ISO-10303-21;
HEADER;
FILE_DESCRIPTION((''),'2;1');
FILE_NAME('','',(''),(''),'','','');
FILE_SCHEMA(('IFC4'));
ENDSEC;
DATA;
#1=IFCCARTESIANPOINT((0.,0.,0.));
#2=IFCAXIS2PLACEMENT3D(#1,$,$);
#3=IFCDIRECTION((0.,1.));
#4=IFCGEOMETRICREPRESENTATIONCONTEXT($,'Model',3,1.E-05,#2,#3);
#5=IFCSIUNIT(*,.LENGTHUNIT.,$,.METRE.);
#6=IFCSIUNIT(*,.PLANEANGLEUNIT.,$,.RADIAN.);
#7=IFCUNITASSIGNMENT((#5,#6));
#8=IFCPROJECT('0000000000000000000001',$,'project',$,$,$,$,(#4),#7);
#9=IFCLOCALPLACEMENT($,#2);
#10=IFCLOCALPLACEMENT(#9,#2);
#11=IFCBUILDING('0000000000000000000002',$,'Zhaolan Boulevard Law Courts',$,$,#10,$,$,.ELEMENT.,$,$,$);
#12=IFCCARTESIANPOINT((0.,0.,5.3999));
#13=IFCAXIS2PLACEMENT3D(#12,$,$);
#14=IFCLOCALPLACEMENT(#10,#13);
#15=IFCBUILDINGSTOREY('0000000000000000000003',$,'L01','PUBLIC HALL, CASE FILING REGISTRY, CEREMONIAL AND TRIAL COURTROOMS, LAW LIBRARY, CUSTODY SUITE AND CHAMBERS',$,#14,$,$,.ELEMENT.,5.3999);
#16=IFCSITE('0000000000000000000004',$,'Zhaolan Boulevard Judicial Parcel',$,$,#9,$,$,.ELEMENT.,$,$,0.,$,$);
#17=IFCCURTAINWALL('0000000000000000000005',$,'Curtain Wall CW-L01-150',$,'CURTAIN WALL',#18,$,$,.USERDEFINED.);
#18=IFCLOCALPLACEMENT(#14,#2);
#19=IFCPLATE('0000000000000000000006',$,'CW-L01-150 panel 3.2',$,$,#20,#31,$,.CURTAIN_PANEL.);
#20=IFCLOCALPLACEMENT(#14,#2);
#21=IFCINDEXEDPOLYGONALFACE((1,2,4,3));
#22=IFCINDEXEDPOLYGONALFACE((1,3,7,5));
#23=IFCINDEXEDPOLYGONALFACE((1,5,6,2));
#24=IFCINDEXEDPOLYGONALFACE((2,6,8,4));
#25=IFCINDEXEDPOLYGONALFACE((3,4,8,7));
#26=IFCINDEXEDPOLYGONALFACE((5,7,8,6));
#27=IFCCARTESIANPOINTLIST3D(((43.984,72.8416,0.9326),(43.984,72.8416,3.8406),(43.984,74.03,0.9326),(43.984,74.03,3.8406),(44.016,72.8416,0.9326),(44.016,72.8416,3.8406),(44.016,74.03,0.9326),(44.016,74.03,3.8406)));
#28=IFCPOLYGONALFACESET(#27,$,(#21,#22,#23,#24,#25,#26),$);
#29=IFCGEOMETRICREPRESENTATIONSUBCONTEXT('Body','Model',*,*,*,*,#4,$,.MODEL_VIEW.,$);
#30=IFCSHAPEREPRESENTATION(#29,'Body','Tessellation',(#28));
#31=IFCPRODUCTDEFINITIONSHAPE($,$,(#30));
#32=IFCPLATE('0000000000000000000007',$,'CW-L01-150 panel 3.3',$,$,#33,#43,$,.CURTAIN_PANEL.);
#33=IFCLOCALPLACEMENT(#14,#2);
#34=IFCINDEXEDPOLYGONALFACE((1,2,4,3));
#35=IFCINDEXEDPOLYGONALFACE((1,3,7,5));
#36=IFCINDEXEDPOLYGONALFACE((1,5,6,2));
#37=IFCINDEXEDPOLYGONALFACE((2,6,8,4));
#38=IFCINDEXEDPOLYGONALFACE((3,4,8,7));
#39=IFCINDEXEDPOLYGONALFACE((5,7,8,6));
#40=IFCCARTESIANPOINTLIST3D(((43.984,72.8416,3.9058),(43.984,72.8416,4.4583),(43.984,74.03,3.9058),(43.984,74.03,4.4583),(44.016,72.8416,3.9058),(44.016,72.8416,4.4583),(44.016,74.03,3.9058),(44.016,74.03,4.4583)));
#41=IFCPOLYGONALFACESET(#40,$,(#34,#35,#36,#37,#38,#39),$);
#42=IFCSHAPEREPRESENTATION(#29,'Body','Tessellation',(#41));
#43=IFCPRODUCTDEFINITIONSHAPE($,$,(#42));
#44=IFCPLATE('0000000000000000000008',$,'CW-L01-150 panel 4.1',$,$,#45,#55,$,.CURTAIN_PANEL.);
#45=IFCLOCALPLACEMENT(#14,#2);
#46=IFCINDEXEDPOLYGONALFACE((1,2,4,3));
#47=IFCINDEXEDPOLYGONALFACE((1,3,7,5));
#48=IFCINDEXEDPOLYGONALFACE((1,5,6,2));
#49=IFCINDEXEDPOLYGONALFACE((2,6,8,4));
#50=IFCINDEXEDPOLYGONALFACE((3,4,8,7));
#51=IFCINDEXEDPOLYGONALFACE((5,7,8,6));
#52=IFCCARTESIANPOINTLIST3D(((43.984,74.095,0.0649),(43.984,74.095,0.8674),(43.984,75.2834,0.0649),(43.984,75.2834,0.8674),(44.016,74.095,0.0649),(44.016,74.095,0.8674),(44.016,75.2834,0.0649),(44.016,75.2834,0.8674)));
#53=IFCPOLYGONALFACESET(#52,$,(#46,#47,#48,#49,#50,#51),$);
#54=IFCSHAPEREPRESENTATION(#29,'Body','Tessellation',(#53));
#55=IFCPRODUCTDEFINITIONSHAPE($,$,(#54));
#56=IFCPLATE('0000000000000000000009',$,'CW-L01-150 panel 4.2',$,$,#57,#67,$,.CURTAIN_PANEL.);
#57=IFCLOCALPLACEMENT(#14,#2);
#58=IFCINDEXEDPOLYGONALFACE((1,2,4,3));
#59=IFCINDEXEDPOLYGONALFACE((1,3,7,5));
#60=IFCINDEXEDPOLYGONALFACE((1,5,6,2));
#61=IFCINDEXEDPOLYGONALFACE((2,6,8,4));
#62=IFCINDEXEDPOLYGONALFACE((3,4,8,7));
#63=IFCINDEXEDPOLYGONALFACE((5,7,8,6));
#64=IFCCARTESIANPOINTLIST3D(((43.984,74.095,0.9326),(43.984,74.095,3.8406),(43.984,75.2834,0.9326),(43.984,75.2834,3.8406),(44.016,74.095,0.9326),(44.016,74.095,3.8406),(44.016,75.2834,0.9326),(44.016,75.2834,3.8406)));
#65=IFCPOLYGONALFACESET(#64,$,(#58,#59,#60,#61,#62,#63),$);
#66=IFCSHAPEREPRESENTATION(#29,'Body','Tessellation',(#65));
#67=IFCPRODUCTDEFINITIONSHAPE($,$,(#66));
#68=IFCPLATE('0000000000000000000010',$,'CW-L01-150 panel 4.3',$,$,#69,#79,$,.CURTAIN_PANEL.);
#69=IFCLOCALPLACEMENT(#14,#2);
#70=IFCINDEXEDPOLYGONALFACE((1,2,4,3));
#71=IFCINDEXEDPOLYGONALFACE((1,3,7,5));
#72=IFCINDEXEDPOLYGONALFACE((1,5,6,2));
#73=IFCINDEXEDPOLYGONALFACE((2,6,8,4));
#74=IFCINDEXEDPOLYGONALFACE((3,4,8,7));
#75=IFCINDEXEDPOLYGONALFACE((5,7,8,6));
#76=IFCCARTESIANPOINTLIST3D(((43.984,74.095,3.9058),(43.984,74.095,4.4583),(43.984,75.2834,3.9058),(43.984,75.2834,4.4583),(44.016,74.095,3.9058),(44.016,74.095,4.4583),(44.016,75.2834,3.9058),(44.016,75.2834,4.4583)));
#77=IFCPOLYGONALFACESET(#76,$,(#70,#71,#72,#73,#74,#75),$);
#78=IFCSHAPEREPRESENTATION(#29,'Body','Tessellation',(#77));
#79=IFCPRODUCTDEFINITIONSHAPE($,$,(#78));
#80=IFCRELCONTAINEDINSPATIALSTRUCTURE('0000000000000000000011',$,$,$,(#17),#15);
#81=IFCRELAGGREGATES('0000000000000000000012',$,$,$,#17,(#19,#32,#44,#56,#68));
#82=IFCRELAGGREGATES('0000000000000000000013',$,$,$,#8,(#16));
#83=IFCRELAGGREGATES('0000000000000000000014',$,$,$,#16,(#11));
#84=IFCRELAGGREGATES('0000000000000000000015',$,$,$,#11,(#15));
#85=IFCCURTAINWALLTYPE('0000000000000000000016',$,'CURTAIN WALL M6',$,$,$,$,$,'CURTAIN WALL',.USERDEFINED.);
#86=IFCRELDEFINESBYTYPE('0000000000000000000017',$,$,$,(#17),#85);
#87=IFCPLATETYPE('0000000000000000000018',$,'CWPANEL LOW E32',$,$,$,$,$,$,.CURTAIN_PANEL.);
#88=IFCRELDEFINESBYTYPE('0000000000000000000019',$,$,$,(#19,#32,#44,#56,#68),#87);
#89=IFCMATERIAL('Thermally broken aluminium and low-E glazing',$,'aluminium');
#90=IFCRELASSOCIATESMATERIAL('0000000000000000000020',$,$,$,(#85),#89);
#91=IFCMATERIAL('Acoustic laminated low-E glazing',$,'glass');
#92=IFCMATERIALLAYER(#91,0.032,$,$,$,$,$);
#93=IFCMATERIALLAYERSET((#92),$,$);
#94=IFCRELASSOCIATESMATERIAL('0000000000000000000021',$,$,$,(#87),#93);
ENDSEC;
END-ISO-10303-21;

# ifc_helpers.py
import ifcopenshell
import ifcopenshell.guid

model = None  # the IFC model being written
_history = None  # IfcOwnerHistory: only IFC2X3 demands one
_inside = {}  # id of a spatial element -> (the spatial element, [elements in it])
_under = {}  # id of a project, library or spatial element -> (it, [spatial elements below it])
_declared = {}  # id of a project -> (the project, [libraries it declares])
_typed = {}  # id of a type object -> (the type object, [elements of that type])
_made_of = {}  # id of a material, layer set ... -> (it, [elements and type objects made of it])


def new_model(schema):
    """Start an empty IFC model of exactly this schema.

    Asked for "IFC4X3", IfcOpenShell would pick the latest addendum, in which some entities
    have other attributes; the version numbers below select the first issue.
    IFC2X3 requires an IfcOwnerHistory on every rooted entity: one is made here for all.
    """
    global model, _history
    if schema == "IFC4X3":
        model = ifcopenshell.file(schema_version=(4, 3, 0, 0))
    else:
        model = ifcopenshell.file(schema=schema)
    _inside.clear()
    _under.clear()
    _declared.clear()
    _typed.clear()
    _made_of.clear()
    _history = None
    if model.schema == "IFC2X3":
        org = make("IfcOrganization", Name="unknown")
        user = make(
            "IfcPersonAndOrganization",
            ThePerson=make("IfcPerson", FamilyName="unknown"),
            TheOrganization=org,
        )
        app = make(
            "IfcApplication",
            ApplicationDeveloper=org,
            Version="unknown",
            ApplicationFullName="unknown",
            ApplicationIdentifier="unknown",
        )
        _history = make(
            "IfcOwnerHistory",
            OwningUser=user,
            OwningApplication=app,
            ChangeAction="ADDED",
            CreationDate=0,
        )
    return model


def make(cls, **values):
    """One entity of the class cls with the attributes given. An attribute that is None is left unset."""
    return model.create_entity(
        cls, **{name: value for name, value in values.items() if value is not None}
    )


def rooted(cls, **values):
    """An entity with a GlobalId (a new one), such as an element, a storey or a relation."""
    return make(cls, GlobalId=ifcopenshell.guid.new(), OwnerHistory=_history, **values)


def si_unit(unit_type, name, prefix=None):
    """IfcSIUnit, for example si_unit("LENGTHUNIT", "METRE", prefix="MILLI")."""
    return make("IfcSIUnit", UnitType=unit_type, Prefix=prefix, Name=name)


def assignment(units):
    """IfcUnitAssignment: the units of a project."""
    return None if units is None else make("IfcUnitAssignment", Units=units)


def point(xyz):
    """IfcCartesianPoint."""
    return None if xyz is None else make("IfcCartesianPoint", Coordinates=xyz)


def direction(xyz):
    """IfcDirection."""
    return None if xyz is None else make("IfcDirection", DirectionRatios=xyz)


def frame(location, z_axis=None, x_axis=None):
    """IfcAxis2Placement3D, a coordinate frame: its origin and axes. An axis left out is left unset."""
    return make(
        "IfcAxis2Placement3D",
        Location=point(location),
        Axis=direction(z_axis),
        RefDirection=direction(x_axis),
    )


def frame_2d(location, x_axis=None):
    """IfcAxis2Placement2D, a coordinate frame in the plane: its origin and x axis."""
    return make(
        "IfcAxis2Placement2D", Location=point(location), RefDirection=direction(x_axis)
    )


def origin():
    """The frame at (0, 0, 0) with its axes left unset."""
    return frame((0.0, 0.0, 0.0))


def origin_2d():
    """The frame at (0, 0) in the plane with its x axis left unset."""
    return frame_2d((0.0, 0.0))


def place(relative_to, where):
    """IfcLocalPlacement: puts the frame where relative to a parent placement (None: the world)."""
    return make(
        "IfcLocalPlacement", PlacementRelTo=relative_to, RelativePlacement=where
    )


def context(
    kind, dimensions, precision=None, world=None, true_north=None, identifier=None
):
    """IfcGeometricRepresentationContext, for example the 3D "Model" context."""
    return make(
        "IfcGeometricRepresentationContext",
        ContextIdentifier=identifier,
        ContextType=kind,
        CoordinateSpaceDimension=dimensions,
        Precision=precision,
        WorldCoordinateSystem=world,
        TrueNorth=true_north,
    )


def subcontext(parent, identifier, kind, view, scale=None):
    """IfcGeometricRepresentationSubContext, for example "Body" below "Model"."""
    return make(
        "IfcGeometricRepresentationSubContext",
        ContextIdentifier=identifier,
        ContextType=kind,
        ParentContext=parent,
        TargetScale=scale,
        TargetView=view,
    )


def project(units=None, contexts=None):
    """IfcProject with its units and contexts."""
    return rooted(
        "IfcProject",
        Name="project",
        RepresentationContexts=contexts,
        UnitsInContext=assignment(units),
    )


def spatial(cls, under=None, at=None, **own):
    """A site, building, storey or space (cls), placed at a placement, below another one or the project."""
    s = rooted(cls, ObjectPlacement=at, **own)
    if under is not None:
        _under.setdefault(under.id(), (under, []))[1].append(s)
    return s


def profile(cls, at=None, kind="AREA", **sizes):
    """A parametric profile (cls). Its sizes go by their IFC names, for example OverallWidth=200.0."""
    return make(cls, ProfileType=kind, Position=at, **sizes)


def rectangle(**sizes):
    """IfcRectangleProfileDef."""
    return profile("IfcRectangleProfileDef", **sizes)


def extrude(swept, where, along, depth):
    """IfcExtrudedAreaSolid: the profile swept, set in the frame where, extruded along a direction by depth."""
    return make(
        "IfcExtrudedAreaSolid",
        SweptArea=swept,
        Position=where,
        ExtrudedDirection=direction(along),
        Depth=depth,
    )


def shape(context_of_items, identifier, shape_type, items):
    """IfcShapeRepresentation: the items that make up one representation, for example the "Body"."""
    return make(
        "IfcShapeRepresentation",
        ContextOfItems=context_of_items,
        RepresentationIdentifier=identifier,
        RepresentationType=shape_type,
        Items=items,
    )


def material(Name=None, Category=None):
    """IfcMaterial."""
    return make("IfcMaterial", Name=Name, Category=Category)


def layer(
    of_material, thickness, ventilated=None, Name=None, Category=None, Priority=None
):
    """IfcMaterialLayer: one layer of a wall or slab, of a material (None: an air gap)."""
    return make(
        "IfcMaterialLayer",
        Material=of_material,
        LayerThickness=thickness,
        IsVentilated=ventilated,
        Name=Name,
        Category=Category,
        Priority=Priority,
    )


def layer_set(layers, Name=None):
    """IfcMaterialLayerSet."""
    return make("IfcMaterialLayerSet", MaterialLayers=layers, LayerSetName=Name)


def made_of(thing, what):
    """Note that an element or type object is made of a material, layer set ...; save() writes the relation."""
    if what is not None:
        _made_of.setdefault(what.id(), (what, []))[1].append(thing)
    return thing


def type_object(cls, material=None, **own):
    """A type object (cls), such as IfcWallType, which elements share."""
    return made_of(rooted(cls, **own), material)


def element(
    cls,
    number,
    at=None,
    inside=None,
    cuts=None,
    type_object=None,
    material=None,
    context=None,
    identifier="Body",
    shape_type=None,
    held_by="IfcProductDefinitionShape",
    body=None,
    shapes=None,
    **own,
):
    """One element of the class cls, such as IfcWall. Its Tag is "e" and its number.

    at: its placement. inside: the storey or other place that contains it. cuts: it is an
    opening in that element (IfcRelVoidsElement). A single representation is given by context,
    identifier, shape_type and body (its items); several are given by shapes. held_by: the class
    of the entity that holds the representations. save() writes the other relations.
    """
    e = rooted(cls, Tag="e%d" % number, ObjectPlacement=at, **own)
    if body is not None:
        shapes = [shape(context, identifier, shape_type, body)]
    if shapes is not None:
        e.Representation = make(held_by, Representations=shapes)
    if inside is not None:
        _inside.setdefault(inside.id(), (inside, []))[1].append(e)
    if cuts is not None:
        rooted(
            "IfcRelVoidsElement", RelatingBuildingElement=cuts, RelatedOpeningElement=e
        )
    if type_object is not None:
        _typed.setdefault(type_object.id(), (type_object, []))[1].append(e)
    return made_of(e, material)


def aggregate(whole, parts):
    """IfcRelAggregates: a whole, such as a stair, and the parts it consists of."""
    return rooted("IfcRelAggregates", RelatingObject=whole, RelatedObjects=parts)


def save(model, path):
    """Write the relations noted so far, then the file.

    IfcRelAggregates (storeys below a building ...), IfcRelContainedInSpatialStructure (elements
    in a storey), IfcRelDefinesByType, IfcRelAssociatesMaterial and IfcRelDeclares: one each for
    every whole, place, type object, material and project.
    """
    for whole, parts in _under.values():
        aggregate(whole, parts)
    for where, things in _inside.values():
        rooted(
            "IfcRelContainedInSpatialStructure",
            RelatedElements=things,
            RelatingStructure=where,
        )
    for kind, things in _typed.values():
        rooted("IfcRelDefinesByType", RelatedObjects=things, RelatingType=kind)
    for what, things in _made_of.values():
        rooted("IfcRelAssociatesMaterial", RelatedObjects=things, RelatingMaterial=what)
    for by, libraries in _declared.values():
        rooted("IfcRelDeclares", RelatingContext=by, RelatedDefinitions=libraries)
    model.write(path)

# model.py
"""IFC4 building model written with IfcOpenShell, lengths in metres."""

from ifc_helpers import new_model, si_unit, direction, frame, origin, origin_2d, place, context, subcontext, project, spatial, rectangle, extrude, material, layer, layer_set, type_object, element, aggregate, save


model = new_model("IFC4")

# Units and contexts
model_context = context("Model", 3, precision=1e-05, world=origin(), true_north=direction((0.0, 1.0)))
body_context = subcontext(model_context, "Body", "Model", "MODEL_VIEW")
ifc_project = project(units=[si_unit("LENGTHUNIT", "METRE"), si_unit("PLANEANGLEUNIT", "RADIAN")], contexts=[model_context])

# Site, building, storey
site_placement = place(None, origin())
site = spatial("IfcSite", under=ifc_project, at=site_placement, Name="Zhaolan Boulevard Judicial Parcel", CompositionType="ELEMENT", RefElevation=0.0)
building_placement = place(site_placement, origin())
building = spatial("IfcBuilding", under=site, at=building_placement, Name="Zhaolan Boulevard Law Courts", CompositionType="ELEMENT")
storey_placement = place(building_placement, frame((0.0, 0.0, 5.3999)))
storey = spatial("IfcBuildingStorey", under=building, at=storey_placement, Name="L01", Description="PUBLIC HALL, CASE FILING REGISTRY, CEREMONIAL AND TRIAL COURTROOMS, LAW LIBRARY, CUSTODY SUITE AND CHAMBERS", CompositionType="ELEMENT", Elevation=5.3999)

# Curtain wall, plates
ifc_material_1 = material(Name="Thermally broken aluminium and low-E glazing", Category="aluminium")
curtain_wall_type = type_object("IfcCurtainWallType", Name="CURTAIN WALL M6", ElementType="CURTAIN WALL", PredefinedType="USERDEFINED", material=ifc_material_1)
curtain_wall_placement = place(storey_placement, origin())
curtain_wall = element("IfcCurtainWall", 1, at=curtain_wall_placement, inside=storey, type_object=curtain_wall_type, Name="Curtain Wall CW-L01-150", ObjectType="CURTAIN WALL", PredefinedType="USERDEFINED")
ifc_material_2 = material(Name="Acoustic laminated low-E glazing", Category="glass")
ifc_layer = layer(ifc_material_2, 0.032)
ifc_layer_set = layer_set([ifc_layer])
plate_type = type_object("IfcPlateType", Name="CWPANEL LOW E32", PredefinedType="CURTAIN_PANEL", material=ifc_layer_set)
plate_1_placement = place(storey_placement, frame((44.0, 73.4358, 0.9326), z_axis=(0.0, 0.0, 1.0), x_axis=(0.0, 1.0, 0.0)))
plate_1 = element("IfcPlate", 2, at=plate_1_placement, type_object=plate_type, Name="CW-L01-150 panel 3.2", PredefinedType="CURTAIN_PANEL", context=body_context, shape_type="SweptSolid", body=[
    extrude(rectangle(XDim=1.1885, YDim=0.032, at=origin_2d()), origin(), (0.0, 0.0, 1.0), 2.908),
])
plate_2_placement = place(storey_placement, frame((44.0, 73.4358, 3.9058), z_axis=(0.0, 0.0, 1.0), x_axis=(0.0, 1.0, 0.0)))
plate_2 = element("IfcPlate", 3, at=plate_2_placement, type_object=plate_type, Name="CW-L01-150 panel 3.3", PredefinedType="CURTAIN_PANEL", context=body_context, shape_type="SweptSolid", body=[
    extrude(rectangle(XDim=1.1885, YDim=0.032, at=origin_2d()), origin(), (0.0, 0.0, 1.0), 0.5525),
])
plate_3_placement = place(storey_placement, frame((44.0, 74.6892, 0.0649), z_axis=(0.0, 0.0, 1.0), x_axis=(0.0, 1.0, 0.0)))
plate_3 = element("IfcPlate", 4, at=plate_3_placement, type_object=plate_type, Name="CW-L01-150 panel 4.1", PredefinedType="CURTAIN_PANEL", context=body_context, shape_type="SweptSolid", body=[
    extrude(rectangle(XDim=1.1885, YDim=0.032, at=origin_2d()), origin(), (0.0, 0.0, 1.0), 0.8025),
])
plate_4_placement = place(storey_placement, frame((44.0, 74.6892, 0.9326), z_axis=(0.0, 0.0, 1.0), x_axis=(0.0, 1.0, 0.0)))
plate_4 = element("IfcPlate", 5, at=plate_4_placement, type_object=plate_type, Name="CW-L01-150 panel 4.2", PredefinedType="CURTAIN_PANEL", context=body_context, shape_type="SweptSolid", body=[
    extrude(rectangle(XDim=1.1885, YDim=0.032, at=origin_2d()), origin(), (0.0, 0.0, 1.0), 2.908),
])
plate_5_placement = place(storey_placement, frame((44.0, 74.6892, 3.9058), z_axis=(0.0, 0.0, 1.0), x_axis=(0.0, 1.0, 0.0)))
plate_5 = element("IfcPlate", 6, at=plate_5_placement, type_object=plate_type, Name="CW-L01-150 panel 4.3", PredefinedType="CURTAIN_PANEL", context=body_context, shape_type="SweptSolid", body=[
    extrude(rectangle(XDim=1.1885, YDim=0.032, at=origin_2d()), origin(), (0.0, 0.0, 1.0), 0.5525),
])
aggregate(curtain_wall, [plate_1, plate_2, plate_3, plate_4, plate_5])

save(model, "model.ifc")
